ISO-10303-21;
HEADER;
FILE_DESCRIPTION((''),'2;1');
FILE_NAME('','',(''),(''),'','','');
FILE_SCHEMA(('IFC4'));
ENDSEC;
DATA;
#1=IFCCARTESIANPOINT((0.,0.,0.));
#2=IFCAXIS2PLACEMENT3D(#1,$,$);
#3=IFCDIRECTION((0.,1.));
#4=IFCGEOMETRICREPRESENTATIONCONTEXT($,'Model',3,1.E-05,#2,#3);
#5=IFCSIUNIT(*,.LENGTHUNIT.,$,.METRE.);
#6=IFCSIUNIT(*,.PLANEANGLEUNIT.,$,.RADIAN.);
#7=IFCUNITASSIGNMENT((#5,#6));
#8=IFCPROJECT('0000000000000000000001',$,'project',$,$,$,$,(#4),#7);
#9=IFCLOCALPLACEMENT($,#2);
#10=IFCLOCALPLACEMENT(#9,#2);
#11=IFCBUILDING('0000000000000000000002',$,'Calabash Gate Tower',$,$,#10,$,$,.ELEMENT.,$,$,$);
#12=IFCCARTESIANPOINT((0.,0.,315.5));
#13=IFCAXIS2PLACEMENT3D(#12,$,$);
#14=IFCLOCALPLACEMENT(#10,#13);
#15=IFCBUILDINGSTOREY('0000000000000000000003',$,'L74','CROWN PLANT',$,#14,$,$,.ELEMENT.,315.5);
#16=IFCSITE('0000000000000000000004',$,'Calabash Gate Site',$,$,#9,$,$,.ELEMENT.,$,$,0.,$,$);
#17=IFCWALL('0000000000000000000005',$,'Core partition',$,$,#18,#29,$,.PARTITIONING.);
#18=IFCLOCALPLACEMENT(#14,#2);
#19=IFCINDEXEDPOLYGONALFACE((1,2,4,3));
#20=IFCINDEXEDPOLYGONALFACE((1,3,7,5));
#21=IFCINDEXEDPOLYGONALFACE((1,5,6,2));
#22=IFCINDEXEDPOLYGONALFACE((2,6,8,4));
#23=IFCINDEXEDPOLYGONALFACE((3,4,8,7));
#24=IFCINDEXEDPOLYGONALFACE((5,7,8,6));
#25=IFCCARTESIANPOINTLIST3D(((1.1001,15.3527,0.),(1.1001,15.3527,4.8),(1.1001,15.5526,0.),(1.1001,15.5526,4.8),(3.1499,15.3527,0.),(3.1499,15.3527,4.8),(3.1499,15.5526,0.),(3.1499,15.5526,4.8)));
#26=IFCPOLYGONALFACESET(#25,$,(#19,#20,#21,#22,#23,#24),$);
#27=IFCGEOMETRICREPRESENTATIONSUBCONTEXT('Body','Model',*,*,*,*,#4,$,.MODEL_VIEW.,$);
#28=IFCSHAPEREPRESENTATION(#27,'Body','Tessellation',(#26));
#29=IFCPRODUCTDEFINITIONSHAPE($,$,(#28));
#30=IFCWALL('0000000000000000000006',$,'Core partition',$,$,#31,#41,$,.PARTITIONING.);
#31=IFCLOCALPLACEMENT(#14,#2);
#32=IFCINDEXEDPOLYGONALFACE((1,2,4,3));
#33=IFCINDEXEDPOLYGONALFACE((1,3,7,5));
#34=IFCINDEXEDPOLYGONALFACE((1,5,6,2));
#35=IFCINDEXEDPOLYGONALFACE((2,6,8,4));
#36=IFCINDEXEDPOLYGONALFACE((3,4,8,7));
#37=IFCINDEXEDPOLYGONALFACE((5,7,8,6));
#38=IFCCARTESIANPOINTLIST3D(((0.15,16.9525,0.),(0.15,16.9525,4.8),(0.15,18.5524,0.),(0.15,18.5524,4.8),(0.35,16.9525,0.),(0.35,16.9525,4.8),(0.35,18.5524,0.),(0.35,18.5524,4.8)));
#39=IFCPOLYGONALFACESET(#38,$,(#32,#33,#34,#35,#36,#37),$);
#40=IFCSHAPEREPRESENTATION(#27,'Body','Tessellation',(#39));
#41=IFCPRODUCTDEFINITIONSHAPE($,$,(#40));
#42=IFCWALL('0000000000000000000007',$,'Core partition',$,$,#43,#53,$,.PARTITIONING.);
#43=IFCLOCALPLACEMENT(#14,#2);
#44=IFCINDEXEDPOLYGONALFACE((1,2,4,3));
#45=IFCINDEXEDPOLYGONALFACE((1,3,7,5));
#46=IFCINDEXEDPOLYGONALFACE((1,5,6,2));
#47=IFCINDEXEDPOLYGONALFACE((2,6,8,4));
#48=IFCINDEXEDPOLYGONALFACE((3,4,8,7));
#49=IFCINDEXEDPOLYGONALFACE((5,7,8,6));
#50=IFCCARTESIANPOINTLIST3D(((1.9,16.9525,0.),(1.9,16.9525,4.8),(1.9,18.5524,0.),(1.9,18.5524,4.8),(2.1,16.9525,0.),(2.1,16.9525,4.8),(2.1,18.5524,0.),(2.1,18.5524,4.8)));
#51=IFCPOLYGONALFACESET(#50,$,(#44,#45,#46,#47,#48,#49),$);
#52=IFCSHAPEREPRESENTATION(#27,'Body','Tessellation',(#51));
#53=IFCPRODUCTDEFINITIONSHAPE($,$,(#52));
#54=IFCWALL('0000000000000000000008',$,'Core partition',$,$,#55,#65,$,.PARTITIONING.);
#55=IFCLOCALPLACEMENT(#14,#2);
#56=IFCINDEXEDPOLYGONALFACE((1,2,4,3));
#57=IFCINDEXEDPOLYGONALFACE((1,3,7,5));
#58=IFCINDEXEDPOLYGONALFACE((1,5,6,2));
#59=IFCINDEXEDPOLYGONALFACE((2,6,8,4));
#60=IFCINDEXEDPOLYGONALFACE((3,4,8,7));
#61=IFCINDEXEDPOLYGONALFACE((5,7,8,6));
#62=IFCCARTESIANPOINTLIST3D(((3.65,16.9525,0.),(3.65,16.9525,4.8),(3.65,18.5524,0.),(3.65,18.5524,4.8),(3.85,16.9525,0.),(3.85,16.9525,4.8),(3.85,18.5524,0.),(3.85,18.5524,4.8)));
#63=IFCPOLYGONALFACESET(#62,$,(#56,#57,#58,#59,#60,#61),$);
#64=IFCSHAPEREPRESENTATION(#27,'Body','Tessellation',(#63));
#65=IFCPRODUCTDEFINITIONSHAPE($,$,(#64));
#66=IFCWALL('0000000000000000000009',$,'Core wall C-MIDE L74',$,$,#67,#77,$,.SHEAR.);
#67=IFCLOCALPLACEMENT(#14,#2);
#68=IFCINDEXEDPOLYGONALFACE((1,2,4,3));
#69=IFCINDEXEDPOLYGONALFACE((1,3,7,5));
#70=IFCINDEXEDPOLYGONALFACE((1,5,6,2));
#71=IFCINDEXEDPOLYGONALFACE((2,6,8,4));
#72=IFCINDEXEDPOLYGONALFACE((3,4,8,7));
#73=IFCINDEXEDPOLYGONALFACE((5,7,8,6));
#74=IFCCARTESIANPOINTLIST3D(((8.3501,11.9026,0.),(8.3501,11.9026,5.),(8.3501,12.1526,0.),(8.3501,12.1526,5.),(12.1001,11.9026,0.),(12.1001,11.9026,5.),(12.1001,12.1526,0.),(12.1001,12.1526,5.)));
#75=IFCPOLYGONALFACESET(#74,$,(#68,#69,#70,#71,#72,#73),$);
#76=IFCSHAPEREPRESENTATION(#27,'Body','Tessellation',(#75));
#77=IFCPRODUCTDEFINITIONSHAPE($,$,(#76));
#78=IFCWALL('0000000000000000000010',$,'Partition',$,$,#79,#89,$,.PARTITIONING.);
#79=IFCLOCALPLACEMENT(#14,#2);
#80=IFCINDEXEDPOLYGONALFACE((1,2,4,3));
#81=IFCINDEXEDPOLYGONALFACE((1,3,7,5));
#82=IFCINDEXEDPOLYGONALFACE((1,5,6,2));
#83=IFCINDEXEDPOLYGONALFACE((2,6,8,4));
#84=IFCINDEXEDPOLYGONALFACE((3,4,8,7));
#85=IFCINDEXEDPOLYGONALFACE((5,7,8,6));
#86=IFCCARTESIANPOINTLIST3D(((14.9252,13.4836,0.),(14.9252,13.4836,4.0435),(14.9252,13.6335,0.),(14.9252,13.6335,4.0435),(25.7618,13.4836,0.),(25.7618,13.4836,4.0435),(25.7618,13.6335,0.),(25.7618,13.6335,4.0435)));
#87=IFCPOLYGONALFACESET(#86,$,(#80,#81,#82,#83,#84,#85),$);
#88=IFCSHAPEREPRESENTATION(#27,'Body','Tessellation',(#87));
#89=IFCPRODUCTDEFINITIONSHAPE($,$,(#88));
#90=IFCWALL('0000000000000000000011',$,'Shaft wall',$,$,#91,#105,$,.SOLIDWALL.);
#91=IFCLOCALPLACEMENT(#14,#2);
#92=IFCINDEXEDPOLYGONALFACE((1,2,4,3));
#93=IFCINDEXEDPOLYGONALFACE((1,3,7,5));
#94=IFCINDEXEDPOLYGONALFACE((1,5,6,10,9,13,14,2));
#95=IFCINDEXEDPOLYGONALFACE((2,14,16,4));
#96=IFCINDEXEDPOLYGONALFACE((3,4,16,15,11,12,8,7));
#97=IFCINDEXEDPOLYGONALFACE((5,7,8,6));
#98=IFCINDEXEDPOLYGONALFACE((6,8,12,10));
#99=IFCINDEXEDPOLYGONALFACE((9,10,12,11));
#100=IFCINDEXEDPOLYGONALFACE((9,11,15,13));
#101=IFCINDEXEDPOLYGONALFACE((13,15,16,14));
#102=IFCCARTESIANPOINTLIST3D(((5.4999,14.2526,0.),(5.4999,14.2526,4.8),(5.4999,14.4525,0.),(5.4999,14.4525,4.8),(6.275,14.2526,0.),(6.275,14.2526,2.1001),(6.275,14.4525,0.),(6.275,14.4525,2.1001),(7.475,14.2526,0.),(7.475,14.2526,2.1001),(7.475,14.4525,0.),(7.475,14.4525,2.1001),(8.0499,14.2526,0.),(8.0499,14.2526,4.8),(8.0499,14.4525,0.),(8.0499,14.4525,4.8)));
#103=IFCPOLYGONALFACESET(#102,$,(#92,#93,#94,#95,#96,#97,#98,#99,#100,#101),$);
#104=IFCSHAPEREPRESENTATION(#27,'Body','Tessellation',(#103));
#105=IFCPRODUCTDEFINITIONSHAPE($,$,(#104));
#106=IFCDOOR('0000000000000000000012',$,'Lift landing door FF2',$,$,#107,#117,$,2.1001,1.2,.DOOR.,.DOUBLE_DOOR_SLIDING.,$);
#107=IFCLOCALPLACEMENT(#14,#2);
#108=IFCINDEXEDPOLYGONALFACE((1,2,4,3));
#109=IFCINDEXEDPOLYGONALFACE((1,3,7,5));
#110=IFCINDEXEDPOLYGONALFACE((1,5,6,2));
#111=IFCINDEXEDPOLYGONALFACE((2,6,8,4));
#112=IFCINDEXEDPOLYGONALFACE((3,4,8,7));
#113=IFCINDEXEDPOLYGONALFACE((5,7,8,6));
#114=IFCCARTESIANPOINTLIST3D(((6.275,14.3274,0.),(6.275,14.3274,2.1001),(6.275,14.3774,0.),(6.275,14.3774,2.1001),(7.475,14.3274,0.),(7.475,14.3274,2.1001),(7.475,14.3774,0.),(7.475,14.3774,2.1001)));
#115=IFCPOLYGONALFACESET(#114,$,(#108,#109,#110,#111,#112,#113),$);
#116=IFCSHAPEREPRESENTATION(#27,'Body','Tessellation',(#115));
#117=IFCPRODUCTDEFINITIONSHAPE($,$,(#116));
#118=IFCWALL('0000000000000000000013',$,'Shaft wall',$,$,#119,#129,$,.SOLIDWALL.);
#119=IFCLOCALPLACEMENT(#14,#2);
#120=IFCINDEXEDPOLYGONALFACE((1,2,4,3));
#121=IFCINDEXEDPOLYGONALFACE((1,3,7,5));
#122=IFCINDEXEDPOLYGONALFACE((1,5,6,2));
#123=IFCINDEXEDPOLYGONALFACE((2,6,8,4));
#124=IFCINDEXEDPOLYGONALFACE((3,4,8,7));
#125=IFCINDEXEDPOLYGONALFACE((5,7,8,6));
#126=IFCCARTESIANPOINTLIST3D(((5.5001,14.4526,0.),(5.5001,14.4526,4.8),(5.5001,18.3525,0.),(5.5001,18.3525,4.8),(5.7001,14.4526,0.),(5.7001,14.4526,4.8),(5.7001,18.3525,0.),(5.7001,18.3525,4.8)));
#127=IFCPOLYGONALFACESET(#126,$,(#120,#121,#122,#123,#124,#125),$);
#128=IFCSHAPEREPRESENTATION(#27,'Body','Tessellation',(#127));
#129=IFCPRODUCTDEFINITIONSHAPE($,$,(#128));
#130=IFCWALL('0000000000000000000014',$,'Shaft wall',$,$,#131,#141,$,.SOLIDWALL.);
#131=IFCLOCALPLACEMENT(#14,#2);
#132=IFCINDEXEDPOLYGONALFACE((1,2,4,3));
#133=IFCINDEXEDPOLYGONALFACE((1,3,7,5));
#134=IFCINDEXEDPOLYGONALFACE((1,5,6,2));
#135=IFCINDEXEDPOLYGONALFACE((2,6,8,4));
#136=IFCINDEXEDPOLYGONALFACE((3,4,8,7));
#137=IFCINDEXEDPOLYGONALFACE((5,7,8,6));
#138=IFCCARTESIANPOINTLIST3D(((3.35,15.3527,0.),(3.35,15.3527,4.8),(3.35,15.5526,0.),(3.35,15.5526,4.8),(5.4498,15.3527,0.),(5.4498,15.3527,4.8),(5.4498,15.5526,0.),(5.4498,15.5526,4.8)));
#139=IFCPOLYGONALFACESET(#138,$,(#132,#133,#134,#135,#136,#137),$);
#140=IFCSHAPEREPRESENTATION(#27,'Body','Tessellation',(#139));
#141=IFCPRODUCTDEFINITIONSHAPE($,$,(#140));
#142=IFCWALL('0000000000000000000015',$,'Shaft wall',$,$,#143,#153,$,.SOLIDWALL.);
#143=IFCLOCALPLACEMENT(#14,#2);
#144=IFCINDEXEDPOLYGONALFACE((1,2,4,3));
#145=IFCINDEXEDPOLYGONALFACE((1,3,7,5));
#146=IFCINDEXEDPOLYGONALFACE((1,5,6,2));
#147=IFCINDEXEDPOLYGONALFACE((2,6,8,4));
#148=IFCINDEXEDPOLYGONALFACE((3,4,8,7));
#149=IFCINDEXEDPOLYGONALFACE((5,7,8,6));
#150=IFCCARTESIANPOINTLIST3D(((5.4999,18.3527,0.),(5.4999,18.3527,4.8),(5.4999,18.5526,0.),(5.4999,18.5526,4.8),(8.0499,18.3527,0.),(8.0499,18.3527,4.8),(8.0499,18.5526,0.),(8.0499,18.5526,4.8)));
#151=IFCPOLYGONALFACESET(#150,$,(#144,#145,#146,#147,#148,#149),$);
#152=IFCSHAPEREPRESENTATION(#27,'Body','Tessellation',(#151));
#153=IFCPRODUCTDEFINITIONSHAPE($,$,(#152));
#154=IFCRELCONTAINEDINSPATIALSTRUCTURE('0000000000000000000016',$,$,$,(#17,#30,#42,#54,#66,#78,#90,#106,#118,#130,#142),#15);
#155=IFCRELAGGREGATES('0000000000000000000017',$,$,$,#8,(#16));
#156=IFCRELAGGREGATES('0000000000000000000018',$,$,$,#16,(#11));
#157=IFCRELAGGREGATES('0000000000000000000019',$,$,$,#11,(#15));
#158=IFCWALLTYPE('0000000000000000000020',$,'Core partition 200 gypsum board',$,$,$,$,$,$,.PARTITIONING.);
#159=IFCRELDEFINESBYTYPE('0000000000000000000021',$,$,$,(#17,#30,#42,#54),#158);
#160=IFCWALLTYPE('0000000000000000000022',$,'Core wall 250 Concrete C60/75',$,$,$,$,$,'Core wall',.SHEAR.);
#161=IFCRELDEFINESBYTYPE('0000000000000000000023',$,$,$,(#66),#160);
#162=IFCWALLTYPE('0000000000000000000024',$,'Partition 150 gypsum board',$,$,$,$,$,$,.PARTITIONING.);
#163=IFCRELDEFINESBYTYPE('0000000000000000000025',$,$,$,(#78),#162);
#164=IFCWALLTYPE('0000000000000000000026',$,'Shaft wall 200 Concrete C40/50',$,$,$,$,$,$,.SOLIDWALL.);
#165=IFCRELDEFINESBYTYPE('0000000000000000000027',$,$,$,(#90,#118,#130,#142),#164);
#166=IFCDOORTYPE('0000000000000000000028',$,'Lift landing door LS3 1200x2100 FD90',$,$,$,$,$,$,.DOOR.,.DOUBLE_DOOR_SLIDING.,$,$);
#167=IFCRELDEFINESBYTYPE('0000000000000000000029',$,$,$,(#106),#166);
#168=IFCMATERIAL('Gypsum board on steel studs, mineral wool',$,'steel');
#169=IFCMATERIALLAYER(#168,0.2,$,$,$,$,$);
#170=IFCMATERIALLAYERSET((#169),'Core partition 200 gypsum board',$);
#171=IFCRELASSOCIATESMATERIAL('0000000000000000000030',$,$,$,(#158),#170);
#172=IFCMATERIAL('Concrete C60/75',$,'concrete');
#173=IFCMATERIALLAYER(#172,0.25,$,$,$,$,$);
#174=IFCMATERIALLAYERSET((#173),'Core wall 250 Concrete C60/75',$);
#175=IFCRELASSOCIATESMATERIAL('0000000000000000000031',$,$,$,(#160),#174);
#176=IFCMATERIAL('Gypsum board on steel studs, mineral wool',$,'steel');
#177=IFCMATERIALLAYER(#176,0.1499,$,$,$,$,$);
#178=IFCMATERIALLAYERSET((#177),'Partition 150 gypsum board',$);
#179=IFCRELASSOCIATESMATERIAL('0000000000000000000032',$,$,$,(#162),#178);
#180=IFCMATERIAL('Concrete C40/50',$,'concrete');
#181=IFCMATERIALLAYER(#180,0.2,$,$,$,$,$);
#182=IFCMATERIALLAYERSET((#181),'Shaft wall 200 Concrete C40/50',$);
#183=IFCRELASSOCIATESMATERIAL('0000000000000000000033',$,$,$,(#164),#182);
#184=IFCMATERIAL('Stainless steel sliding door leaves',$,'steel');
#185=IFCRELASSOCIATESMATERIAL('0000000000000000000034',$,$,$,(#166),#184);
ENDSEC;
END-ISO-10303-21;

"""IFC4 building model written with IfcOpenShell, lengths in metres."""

from ifc_helpers import new_model, si_unit, direction, frame, frame_2d, origin, place, context, subcontext, project, spatial, rectangle, extrude, material, layer, layer_set, type_object, element, fill, save


model = new_model("IFC4")

# Units and contexts
model_context = context("Model", 3, precision=1e-05, world=origin(), true_north=direction((0.0, 1.0)))
body_context = subcontext(model_context, "Body", "Model", "MODEL_VIEW")
ifc_project = project(units=[si_unit("LENGTHUNIT", "METRE"), si_unit("PLANEANGLEUNIT", "RADIAN")], contexts=[model_context])

# Site, building, storey
site_placement = place(None, origin())
site = spatial("IfcSite", under=ifc_project, at=site_placement, Name="Calabash Gate Site", CompositionType="ELEMENT", RefElevation=0.0)
building_placement = place(site_placement, origin())
building = spatial("IfcBuilding", under=site, at=building_placement, Name="Calabash Gate Tower", CompositionType="ELEMENT")
storey_placement = place(building_placement, frame((0.0, 0.0, 315.5)))
storey = spatial("IfcBuildingStorey", under=building, at=storey_placement, Name="L74", Description="CROWN PLANT", CompositionType="ELEMENT", Elevation=315.5)

# Shared definitions
ifc_material_1 = material(Name="Gypsum board on steel studs, mineral wool", Category="steel")
ifc_layer_1 = layer(ifc_material_1, 0.2)
ifc_layer_set_1 = layer_set([ifc_layer_1], Name="Core partition 200 gypsum board")
wall_type_1 = type_object("IfcWallType", Name="Core partition 200 gypsum board", PredefinedType="PARTITIONING", material=ifc_layer_set_1)

# Walls
wall_1_placement = place(storey_placement, frame((1.1001, 15.4526, 0.0), z_axis=(0.0, 0.0, 1.0), x_axis=(1.0, 0.0, 0.0)))
element("IfcWall", 1, at=wall_1_placement, inside=storey, type_object=wall_type_1, Name="Core partition", PredefinedType="PARTITIONING", context=body_context, shape_type="SweptSolid", body=[
    extrude(rectangle(XDim=2.0498, YDim=0.2, at=frame_2d((1.0249, 0.0))), origin(), (0.0, 0.0, 1.0), 4.8),
])
for number, where, z_axis, x_axis, name in (
    (2, (0.25, 16.9526, 0.0), (0.0, 0.0, 1.0), (0.0, 1.0, 0.0), "Core partition"),
    (3, (2.0, 16.9526, 0.0), (0.0, 0.0, 1.0), (0.0, 1.0, 0.0), "Core partition"),
    (4, (3.75, 16.9526, 0.0), (0.0, 0.0, 1.0), (0.0, 1.0, 0.0), "Core partition"),
):
    element("IfcWall", number, at=place(storey_placement, frame(where, z_axis=z_axis, x_axis=x_axis)), inside=storey, type_object=wall_type_1, Name=name, PredefinedType="PARTITIONING", context=body_context, shape_type="SweptSolid", body=[
        extrude(rectangle(XDim=1.5999, YDim=0.2, at=frame_2d((0.7998, 0.0))), origin(), (0.0, 0.0, 1.0), 4.8),
    ])
ifc_material_2 = material(Name="Concrete C60/75", Category="concrete")
ifc_layer_2 = layer(ifc_material_2, 0.25)
ifc_layer_set_2 = layer_set([ifc_layer_2], Name="Core wall 250 Concrete C60/75")
wall_type_2 = type_object("IfcWallType", Name="Core wall 250 Concrete C60/75", ElementType="Core wall", PredefinedType="SHEAR", material=ifc_layer_set_2)
wall_2_placement = place(storey_placement, frame((8.3501, 12.0276, 0.0), z_axis=(0.0, 0.0, 1.0), x_axis=(1.0, 0.0, 0.0)))
element("IfcWall", 5, at=wall_2_placement, inside=storey, type_object=wall_type_2, Name="Core wall C-MIDE L74", PredefinedType="SHEAR", context=body_context, shape_type="SweptSolid", body=[
    extrude(rectangle(XDim=3.75, YDim=0.25, at=frame_2d((1.875, 0.0))), origin(), (0.0, 0.0, 1.0), 5.0),
])
ifc_material_3 = material(Name="Gypsum board on steel studs, mineral wool", Category="steel")
ifc_layer_3 = layer(ifc_material_3, 0.1499)
ifc_layer_set_3 = layer_set([ifc_layer_3], Name="Partition 150 gypsum board")
wall_type_3 = type_object("IfcWallType", Name="Partition 150 gypsum board", PredefinedType="PARTITIONING", material=ifc_layer_set_3)
wall_3_placement = place(storey_placement, frame((14.925, 13.5586, 0.0), z_axis=(0.0, 0.0, 1.0), x_axis=(1.0, 0.0, 0.0)))
element("IfcWall", 6, at=wall_3_placement, inside=storey, type_object=wall_type_3, Name="Partition", PredefinedType="PARTITIONING", context=body_context, shape_type="SweptSolid", body=[
    extrude(rectangle(XDim=10.8367, YDim=0.1499, at=frame_2d((5.4185, 0.0))), origin(), (0.0, 0.0, 1.0), 4.0435),
])

# Wall, opening, door
ifc_material_4 = material(Name="Concrete C40/50", Category="concrete")
ifc_layer_4 = layer(ifc_material_4, 0.2)
ifc_layer_set_4 = layer_set([ifc_layer_4], Name="Shaft wall 200 Concrete C40/50")
wall_type_4 = type_object("IfcWallType", Name="Shaft wall 200 Concrete C40/50", PredefinedType="SOLIDWALL", material=ifc_layer_set_4)
wall_4_placement = place(storey_placement, frame((5.5, 14.3525, 0.0), z_axis=(0.0, 0.0, 1.0), x_axis=(1.0, 0.0, 0.0)))
wall_4 = element("IfcWall", 7, at=wall_4_placement, inside=storey, type_object=wall_type_4, Name="Shaft wall", PredefinedType="SOLIDWALL", context=body_context, shape_type="SweptSolid", body=[
    extrude(rectangle(XDim=2.55, YDim=0.2, at=frame_2d((1.2749, 0.0))), origin(), (0.0, 0.0, 1.0), 4.8),
])
opening_1_placement = place(wall_4_placement, frame((0.7749, 0.0, 0.0)))
opening_1 = element("IfcOpeningElement", 8, at=opening_1_placement, cuts=wall_4, PredefinedType="OPENING", context=body_context, shape_type="SweptSolid", body=[
    extrude(rectangle(XDim=1.2, YDim=2.1001, at=frame_2d((0.6001, 1.05))), frame((0.0, 0.1099, 0.0), z_axis=(0.0, -1.0, 0.0), x_axis=(1.0, 0.0, 0.0)), (0.0, 0.0, 1.0), 0.22),
])
ifc_material_5 = material(Name="Stainless steel sliding door leaves", Category="steel")
door_type_1 = type_object("IfcDoorType", Name="Lift landing door LS3 1200x2100 FD90", OperationType="DOUBLE_DOOR_SLIDING", PredefinedType="DOOR", material=ifc_material_5)
door_1_placement = place(opening_1_placement, origin())
door_1 = element("IfcDoor", 9, at=door_1_placement, inside=storey, type_object=door_type_1, Name="Lift landing door FF2", OperationType="DOUBLE_DOOR_SLIDING", OverallHeight=2.1001, OverallWidth=1.2, PredefinedType="DOOR", context=body_context, shape_type="SweptSolid", body=[
    extrude(rectangle(XDim=1.2, YDim=2.1001, at=frame_2d((0.6001, 1.05))), frame((0.0, 0.0249, 0.0), z_axis=(0.0, -1.0, 0.0), x_axis=(1.0, 0.0, 0.0)), (0.0, 0.0, 1.0), 0.05),
])
fill(opening_1, door_1)

# Walls
wall_5_placement = place(storey_placement, frame((5.6001, 14.4526, 0.0), z_axis=(0.0, 0.0, 1.0), x_axis=(0.0, 1.0, 0.0)))
element("IfcWall", 10, at=wall_5_placement, inside=storey, type_object=wall_type_4, Name="Shaft wall", PredefinedType="SOLIDWALL", context=body_context, shape_type="SweptSolid", body=[
    extrude(rectangle(XDim=3.8999, YDim=0.2, at=frame_2d((1.95, 0.0))), origin(), (0.0, 0.0, 1.0), 4.8),
])
wall_6_placement = place(storey_placement, frame((3.3501, 15.4526, 0.0), z_axis=(0.0, 0.0, 1.0), x_axis=(1.0, 0.0, 0.0)))
element("IfcWall", 11, at=wall_6_placement, inside=storey, type_object=wall_type_4, Name="Shaft wall", PredefinedType="SOLIDWALL", context=body_context, shape_type="SweptSolid", body=[
    extrude(rectangle(XDim=2.0999, YDim=0.2, at=frame_2d((1.0498, 0.0))), origin(), (0.0, 0.0, 1.0), 4.8),
])
wall_7_placement = place(storey_placement, frame((5.5, 18.4526, 0.0), z_axis=(0.0, 0.0, 1.0), x_axis=(1.0, 0.0, 0.0)))
element("IfcWall", 12, at=wall_7_placement, inside=storey, type_object=wall_type_4, Name="Shaft wall", PredefinedType="SOLIDWALL", context=body_context, shape_type="SweptSolid", body=[
    extrude(rectangle(XDim=2.55, YDim=0.2, at=frame_2d((1.2749, 0.0))), origin(), (0.0, 0.0, 1.0), 4.8),
])

save(model, "model.ifc")
